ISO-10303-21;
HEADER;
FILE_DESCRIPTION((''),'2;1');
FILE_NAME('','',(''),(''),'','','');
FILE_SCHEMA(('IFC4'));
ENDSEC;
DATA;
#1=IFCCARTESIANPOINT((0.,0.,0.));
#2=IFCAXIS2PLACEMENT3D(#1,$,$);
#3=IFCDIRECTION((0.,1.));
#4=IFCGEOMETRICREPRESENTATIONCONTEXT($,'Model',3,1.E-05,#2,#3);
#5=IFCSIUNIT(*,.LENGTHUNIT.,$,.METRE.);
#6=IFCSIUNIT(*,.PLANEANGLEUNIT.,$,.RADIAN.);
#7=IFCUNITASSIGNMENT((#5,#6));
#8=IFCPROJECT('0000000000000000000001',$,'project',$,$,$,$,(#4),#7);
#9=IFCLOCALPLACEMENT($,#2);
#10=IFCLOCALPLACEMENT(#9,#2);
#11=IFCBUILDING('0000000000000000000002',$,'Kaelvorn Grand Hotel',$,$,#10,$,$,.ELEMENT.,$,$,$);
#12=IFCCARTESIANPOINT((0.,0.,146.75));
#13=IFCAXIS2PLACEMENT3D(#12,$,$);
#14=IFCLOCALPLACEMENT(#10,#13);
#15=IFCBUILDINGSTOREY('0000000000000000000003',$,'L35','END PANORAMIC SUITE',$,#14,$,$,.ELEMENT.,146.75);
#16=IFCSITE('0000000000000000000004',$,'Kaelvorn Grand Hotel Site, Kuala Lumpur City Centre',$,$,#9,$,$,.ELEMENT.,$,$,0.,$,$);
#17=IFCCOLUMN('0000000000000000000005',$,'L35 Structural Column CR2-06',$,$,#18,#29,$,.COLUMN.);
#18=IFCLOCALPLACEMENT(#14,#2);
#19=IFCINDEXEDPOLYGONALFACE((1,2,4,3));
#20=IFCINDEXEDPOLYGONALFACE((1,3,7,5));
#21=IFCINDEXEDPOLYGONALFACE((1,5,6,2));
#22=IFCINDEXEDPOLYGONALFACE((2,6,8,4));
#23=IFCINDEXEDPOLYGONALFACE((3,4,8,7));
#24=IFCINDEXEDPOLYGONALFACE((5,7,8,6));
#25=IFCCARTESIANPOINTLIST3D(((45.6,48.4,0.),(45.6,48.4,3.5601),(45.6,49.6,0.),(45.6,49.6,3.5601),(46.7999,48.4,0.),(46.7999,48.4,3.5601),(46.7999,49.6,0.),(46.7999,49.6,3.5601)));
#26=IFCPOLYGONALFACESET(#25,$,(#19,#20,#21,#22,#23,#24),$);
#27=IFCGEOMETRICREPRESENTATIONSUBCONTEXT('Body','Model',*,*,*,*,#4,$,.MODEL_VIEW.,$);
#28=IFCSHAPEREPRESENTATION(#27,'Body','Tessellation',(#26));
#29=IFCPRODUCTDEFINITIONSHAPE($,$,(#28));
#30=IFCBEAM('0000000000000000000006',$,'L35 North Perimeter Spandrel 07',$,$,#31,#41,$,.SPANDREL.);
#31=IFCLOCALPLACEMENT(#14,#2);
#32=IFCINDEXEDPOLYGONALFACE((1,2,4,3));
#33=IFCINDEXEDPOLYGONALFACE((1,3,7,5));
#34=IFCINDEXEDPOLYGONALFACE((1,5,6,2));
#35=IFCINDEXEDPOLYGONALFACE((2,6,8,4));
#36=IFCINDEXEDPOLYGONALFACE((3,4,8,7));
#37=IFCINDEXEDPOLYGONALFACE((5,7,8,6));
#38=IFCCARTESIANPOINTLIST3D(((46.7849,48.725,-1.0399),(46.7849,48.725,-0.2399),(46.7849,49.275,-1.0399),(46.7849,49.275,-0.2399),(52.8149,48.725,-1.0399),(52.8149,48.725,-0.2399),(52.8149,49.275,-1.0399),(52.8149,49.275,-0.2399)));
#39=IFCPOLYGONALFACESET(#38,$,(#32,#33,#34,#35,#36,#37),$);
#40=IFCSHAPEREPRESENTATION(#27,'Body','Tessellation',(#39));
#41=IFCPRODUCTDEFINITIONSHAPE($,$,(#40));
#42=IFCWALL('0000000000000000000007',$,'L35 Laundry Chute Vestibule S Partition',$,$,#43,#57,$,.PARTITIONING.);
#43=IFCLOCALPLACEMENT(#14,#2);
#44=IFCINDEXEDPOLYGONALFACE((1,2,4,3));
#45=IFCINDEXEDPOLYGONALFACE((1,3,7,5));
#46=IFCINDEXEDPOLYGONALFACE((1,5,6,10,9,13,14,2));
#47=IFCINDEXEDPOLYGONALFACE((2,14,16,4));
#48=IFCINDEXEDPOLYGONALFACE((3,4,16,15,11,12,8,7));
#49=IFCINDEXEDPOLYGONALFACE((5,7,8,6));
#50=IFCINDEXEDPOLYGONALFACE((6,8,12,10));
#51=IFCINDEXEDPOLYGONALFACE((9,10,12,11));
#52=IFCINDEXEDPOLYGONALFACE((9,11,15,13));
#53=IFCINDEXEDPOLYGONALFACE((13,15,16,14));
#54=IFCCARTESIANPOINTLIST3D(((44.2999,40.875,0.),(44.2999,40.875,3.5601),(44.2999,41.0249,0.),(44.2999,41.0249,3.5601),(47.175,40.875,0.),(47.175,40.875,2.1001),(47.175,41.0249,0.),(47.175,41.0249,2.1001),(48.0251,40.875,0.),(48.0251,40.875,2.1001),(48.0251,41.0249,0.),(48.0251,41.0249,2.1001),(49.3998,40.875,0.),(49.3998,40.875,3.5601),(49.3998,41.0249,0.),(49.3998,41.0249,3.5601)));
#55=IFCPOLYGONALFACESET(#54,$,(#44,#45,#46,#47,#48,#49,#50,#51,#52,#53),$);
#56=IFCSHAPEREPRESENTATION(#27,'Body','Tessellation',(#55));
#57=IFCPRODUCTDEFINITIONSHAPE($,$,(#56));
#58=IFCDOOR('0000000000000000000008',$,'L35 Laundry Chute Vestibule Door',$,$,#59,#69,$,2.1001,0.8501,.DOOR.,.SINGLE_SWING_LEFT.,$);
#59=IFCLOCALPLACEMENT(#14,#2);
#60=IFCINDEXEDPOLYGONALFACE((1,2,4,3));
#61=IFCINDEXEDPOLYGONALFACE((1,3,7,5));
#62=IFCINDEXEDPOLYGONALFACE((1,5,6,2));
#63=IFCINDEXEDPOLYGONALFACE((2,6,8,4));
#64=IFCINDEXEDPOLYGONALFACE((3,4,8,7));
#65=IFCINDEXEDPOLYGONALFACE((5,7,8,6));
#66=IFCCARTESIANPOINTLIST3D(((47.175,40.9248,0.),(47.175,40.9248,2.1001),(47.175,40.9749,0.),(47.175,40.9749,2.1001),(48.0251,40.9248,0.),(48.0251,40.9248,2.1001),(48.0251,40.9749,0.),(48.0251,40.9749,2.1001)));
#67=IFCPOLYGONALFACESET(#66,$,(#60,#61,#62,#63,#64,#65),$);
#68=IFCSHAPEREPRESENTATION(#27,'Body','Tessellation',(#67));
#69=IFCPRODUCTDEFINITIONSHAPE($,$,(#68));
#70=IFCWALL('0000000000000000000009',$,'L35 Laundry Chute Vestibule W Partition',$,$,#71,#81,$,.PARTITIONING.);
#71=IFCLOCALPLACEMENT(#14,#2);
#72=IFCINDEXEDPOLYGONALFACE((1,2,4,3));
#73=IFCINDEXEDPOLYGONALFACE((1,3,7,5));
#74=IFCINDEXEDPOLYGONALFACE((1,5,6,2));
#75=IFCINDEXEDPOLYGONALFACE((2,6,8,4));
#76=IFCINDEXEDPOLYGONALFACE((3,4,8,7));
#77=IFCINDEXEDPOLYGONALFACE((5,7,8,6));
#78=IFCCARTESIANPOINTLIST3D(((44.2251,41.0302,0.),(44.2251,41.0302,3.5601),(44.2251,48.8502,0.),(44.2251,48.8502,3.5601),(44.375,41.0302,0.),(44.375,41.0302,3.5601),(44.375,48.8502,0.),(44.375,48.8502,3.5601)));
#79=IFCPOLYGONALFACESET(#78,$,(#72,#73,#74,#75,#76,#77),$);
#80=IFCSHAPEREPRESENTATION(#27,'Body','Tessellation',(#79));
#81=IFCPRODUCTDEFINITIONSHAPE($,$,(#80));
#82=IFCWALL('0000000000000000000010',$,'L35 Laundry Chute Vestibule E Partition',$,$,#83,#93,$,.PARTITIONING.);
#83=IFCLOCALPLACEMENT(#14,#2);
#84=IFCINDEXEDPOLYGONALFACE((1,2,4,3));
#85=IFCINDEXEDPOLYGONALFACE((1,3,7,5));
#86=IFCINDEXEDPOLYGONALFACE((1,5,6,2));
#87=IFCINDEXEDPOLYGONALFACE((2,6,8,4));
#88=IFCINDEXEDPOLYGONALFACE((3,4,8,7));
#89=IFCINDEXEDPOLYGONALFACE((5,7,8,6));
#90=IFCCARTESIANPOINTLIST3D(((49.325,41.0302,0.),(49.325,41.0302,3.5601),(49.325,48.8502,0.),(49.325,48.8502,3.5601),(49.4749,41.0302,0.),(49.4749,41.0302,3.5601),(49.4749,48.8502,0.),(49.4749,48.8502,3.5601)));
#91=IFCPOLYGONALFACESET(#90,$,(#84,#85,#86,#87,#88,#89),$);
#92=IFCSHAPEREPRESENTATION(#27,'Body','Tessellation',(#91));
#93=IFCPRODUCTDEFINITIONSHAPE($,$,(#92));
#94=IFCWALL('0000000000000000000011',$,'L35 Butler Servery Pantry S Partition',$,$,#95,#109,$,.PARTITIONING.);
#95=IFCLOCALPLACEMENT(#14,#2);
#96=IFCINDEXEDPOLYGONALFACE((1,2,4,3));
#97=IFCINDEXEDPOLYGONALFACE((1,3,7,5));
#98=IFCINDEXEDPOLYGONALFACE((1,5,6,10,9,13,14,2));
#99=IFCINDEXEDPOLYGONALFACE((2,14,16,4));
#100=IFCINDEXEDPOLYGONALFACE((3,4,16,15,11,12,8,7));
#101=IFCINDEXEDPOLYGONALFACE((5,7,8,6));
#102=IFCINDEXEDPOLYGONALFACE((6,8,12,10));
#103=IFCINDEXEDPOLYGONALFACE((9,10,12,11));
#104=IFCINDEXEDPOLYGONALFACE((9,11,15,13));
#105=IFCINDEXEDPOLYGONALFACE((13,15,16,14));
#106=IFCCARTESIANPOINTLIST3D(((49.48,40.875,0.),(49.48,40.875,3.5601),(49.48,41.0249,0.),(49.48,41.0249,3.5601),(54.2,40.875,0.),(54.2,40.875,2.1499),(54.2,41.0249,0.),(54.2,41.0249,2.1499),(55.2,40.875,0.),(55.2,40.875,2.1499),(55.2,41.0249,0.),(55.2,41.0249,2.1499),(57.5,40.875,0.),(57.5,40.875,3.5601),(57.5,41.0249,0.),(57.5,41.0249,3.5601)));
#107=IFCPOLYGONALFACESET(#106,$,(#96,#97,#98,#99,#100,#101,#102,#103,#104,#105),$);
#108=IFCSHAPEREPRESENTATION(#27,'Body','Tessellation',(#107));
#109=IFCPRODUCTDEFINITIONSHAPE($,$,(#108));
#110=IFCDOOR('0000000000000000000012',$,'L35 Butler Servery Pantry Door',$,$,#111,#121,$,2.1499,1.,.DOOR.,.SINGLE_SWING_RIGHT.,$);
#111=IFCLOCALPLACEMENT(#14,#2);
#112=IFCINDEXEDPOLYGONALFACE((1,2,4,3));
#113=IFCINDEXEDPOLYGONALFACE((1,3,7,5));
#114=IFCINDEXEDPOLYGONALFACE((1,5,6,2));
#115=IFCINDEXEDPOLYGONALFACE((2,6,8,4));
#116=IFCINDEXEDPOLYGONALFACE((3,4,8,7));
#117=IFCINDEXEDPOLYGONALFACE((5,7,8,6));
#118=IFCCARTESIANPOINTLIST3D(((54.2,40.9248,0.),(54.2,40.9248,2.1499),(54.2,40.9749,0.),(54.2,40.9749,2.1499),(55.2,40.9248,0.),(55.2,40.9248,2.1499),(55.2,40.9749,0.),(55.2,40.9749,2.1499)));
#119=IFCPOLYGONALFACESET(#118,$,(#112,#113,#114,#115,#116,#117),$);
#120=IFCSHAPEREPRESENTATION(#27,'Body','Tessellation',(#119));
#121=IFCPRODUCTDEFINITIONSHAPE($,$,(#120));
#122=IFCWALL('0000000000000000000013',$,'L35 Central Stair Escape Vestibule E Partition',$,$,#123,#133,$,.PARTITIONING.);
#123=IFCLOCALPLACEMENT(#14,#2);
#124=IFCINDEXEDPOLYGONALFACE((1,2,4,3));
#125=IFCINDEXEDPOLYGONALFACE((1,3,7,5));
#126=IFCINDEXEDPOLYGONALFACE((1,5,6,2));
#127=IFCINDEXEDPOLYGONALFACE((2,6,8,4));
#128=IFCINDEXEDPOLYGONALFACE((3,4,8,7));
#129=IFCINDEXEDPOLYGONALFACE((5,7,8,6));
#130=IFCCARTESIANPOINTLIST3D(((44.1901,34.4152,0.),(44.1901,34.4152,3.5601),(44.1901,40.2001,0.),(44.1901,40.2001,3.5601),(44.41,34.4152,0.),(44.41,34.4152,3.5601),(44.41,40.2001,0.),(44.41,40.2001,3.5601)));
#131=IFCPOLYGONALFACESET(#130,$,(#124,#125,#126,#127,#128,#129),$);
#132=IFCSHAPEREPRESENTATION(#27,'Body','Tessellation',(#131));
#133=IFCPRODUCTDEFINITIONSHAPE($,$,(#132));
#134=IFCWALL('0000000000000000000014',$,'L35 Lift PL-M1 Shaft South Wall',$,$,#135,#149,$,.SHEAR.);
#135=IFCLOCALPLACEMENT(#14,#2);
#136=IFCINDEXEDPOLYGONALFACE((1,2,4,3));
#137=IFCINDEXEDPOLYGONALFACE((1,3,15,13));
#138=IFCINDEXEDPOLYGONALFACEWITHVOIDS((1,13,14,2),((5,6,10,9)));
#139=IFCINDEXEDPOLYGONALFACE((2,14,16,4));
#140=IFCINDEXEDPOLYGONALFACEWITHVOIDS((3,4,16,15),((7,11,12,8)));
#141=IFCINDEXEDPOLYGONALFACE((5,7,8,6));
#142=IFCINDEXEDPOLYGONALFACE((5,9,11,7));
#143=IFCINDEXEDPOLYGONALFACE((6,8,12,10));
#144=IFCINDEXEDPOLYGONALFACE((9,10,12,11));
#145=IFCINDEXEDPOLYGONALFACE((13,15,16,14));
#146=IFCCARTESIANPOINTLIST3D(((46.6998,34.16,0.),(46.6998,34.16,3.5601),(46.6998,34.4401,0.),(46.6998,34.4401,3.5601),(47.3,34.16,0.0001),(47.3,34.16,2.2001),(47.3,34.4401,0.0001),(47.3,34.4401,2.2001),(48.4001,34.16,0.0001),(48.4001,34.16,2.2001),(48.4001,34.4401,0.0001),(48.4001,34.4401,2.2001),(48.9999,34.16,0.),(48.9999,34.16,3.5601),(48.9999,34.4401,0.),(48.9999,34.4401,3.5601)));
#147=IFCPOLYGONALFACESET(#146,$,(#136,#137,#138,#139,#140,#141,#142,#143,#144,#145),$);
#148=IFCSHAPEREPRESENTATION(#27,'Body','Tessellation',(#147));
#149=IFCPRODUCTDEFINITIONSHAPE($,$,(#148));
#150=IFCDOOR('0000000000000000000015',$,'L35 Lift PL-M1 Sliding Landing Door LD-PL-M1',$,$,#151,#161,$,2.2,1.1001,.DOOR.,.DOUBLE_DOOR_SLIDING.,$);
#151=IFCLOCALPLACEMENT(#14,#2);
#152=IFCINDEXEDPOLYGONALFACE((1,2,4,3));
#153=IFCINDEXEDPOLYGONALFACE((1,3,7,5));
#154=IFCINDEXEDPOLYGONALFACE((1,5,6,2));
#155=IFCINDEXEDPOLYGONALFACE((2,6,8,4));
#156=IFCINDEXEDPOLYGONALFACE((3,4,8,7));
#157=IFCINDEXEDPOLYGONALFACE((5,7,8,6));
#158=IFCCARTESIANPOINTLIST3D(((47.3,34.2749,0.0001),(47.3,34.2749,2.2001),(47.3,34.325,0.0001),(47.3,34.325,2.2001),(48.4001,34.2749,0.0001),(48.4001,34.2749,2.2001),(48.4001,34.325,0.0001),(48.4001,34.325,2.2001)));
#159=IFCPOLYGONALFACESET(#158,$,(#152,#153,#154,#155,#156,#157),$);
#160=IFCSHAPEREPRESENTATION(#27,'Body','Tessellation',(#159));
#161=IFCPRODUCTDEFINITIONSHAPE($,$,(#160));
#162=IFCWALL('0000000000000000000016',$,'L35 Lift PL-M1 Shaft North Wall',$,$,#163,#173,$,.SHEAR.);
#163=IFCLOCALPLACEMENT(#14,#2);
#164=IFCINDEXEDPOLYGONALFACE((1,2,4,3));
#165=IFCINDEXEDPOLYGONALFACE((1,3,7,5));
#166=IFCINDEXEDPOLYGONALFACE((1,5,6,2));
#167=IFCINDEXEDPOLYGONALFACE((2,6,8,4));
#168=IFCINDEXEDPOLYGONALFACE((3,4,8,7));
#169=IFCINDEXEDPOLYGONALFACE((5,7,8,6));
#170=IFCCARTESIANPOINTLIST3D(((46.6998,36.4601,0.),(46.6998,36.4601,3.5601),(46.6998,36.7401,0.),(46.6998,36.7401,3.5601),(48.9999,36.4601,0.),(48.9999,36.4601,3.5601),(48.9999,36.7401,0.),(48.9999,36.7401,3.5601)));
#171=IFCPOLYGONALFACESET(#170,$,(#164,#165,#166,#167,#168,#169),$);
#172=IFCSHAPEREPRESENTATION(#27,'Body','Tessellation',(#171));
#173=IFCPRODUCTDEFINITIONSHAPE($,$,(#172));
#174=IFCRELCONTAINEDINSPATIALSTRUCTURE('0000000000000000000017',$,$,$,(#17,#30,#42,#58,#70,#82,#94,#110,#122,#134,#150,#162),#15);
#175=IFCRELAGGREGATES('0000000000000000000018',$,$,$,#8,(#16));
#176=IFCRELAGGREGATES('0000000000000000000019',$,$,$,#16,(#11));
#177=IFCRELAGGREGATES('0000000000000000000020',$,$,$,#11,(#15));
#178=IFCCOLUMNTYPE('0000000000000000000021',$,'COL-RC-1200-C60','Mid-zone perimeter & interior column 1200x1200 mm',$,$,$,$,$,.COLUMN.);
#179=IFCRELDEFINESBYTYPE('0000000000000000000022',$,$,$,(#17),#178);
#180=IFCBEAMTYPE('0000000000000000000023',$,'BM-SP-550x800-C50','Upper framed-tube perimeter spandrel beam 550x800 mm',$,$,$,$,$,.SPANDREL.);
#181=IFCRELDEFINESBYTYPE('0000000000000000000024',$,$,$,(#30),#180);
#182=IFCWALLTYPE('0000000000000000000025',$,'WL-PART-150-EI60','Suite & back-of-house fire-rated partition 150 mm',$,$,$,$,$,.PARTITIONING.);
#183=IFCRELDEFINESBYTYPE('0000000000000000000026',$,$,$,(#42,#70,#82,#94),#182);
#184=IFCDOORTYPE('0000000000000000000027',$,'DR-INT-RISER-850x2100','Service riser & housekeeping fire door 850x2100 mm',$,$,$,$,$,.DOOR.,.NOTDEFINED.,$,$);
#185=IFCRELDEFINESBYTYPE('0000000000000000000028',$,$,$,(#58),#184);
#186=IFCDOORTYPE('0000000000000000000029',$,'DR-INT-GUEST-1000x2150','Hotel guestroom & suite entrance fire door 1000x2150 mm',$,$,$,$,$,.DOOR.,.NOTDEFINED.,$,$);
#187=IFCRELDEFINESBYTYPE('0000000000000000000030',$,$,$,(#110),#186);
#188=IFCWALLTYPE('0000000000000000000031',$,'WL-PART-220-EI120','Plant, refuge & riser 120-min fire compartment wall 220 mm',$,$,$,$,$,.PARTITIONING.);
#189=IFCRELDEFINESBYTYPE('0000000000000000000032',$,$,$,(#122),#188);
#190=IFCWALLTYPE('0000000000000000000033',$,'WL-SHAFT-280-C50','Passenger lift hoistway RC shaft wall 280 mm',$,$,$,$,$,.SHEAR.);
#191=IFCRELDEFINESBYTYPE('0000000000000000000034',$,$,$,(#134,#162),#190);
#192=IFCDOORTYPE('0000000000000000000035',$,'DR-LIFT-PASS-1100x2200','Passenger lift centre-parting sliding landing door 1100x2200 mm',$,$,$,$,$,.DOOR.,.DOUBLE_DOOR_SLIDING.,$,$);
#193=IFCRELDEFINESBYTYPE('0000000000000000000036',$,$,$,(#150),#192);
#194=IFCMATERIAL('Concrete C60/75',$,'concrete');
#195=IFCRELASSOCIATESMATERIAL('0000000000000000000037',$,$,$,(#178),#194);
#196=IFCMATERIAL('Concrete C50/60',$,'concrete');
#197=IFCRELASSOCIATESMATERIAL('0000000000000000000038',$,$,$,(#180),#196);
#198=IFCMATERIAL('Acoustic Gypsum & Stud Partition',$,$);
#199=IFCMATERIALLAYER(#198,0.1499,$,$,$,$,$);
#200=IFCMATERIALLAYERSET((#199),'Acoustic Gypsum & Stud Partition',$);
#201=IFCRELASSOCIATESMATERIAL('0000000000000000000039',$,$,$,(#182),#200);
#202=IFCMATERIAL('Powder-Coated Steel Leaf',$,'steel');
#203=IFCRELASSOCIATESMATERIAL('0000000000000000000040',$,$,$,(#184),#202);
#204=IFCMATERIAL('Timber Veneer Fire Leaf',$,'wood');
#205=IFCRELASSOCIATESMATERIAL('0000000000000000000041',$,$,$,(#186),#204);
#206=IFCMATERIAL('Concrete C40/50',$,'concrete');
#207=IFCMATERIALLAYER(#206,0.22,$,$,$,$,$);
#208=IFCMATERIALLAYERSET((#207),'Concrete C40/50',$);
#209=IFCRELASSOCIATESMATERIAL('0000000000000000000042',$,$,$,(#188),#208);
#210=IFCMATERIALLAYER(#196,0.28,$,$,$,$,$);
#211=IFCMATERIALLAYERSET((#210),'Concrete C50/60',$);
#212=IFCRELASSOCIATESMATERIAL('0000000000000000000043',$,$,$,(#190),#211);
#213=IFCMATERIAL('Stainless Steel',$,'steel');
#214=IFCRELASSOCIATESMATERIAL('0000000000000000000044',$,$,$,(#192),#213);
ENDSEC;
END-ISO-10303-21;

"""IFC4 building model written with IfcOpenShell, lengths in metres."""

from ifc_helpers import new_model, si_unit, direction, frame, frame_2d, origin, origin_2d, place, context, subcontext, project, spatial, rectangle, extrude, material, layer, layer_set, material_profile, profile_set, type_object, element, fill, save


model = new_model("IFC4")

# Units and contexts
model_context = context("Model", 3, precision=1e-05, world=origin(), true_north=direction((0.0, 1.0)))
body_context = subcontext(model_context, "Body", "Model", "MODEL_VIEW")
ifc_project = project(units=[si_unit("LENGTHUNIT", "METRE"), si_unit("PLANEANGLEUNIT", "RADIAN")], contexts=[model_context])

# Site, building, storey
site_placement = place(None, origin())
site = spatial("IfcSite", under=ifc_project, at=site_placement, Name="Kaelvorn Grand Hotel Site, Kuala Lumpur City Centre", CompositionType="ELEMENT", RefElevation=0.0)
building_placement = place(site_placement, origin())
building = spatial("IfcBuilding", under=site, at=building_placement, Name="Kaelvorn Grand Hotel", CompositionType="ELEMENT")
storey_placement = place(building_placement, frame((0.0, 0.0, 146.75)))
storey = spatial("IfcBuildingStorey", under=building, at=storey_placement, Name="L35", Description="END PANORAMIC SUITE", CompositionType="ELEMENT", Elevation=146.75)

# Column
ifc_material_1 = material(Name="Concrete C60/75", Category="concrete")
ifc_material_profile_1 = material_profile(ifc_material_1, rectangle(XDim=1.2, YDim=1.2, at=origin_2d()), Name="RC COL 1200x1200")
ifc_profile_set_1 = profile_set([ifc_material_profile_1], Name="Concrete C60/75")
column_type = type_object("IfcColumnType", Name="COL-RC-1200-C60", Description="Mid-zone perimeter & interior column 1200x1200 mm", PredefinedType="COLUMN", material=ifc_profile_set_1)
column_placement = place(storey_placement, frame((46.2, 49.0, 0.0), z_axis=(0.0, 0.0, 1.0), x_axis=(1.0, 0.0, 0.0)))
element("IfcColumn", 1, at=column_placement, inside=storey, type_object=column_type, Name="L35 Structural Column CR2-06", PredefinedType="COLUMN", context=body_context, shape_type="SweptSolid", body=[
    extrude(rectangle(XDim=1.2, YDim=1.2, at=origin_2d()), origin(), (0.0, 0.0, 1.0), 3.5601),
])

# Beam
ifc_material_2 = material(Name="Concrete C50/60", Category="concrete")
ifc_material_profile_2 = material_profile(ifc_material_2, rectangle(XDim=0.55, YDim=0.8, at=origin_2d()), Name="RC SPANDREL 550x800")
ifc_profile_set_2 = profile_set([ifc_material_profile_2], Name="Concrete C50/60")
beam_type = type_object("IfcBeamType", Name="BM-SP-550x800-C50", Description="Upper framed-tube perimeter spandrel beam 550x800 mm", PredefinedType="SPANDREL", material=ifc_profile_set_2)
beam_placement = place(storey_placement, frame((46.7849, 49.0, -0.6399), z_axis=(1.0, 0.0, 0.0), x_axis=(0.0, 1.0, 0.0)))
element("IfcBeam", 2, at=beam_placement, inside=storey, type_object=beam_type, Name="L35 North Perimeter Spandrel 07", PredefinedType="SPANDREL", context=body_context, shape_type="SweptSolid", body=[
    extrude(rectangle(XDim=0.55, YDim=0.8, at=origin_2d()), origin(), (0.0, 0.0, 1.0), 6.03),
])

# Wall, opening, door
ifc_material_3 = material(Name="Acoustic Gypsum & Stud Partition")
ifc_layer_1 = layer(ifc_material_3, 0.1499)
ifc_layer_set_1 = layer_set([ifc_layer_1], Name="Acoustic Gypsum & Stud Partition")
wall_type_1 = type_object("IfcWallType", Name="WL-PART-150-EI60", Description="Suite & back-of-house fire-rated partition 150 mm", PredefinedType="PARTITIONING", material=ifc_layer_set_1)
wall_1_placement = place(storey_placement, frame((44.3, 40.95, 0.0), z_axis=(0.0, 0.0, 1.0), x_axis=(1.0, 0.0, 0.0)))
wall_1 = element("IfcWall", 3, at=wall_1_placement, inside=storey, type_object=wall_type_1, Name="L35 Laundry Chute Vestibule S Partition", PredefinedType="PARTITIONING", context=body_context, shape_type="SweptSolid", body=[
    extrude(rectangle(XDim=5.0999, YDim=0.1499, at=frame_2d((2.5498, 0.0))), origin(), (0.0, 0.0, 1.0), 3.5601),
])
opening_1_placement = place(wall_1_placement, frame((2.875, 0.0, 0.0)))
opening_1 = element("IfcOpeningElement", 4, at=opening_1_placement, cuts=wall_1, PredefinedType="OPENING", context=body_context, shape_type="SweptSolid", body=[
    extrude(rectangle(XDim=0.8501, YDim=2.1001, at=frame_2d((0.425, 1.05))), frame((0.0, 0.085, 0.0), z_axis=(0.0, -1.0, 0.0), x_axis=(1.0, 0.0, 0.0)), (0.0, 0.0, 1.0), 0.1699),
])
ifc_material_4 = material(Name="Powder-Coated Steel Leaf", Category="steel")
door_type_1 = type_object("IfcDoorType", Name="DR-INT-RISER-850x2100", Description="Service riser & housekeeping fire door 850x2100 mm", OperationType="NOTDEFINED", PredefinedType="DOOR", material=ifc_material_4)
door_1_placement = place(opening_1_placement, origin())
door_1 = element("IfcDoor", 5, at=door_1_placement, inside=storey, type_object=door_type_1, Name="L35 Laundry Chute Vestibule Door", OperationType="SINGLE_SWING_LEFT", OverallHeight=2.1001, OverallWidth=0.8501, PredefinedType="DOOR", context=body_context, shape_type="SweptSolid", body=[
    extrude(rectangle(XDim=0.8501, YDim=2.1001, at=frame_2d((0.425, 1.05))), frame((0.0, 0.0249, 0.0), z_axis=(0.0, -1.0, 0.0), x_axis=(1.0, 0.0, 0.0)), (0.0, 0.0, 1.0), 0.05),
])
fill(opening_1, door_1)

# Walls
for number, where, z_axis, x_axis, name in (
    (6, (44.3, 41.03, 0.0), (0.0, 0.0, 1.0), (0.0, 1.0, 0.0), "L35 Laundry Chute Vestibule W Partition"),
    (7, (49.3999, 41.03, 0.0), (0.0, 0.0, 1.0), (0.0, 1.0, 0.0), "L35 Laundry Chute Vestibule E Partition"),
):
    element("IfcWall", number, at=place(storey_placement, frame(where, z_axis=z_axis, x_axis=x_axis)), inside=storey, type_object=wall_type_1, Name=name, PredefinedType="PARTITIONING", context=body_context, shape_type="SweptSolid", body=[
        extrude(rectangle(XDim=7.8201, YDim=0.1499, at=frame_2d((3.9102, 0.0))), origin(), (0.0, 0.0, 1.0), 3.5601),
    ])

# Wall, opening, door
wall_2_placement = place(storey_placement, frame((49.48, 40.95, 0.0), z_axis=(0.0, 0.0, 1.0), x_axis=(1.0, 0.0, 0.0)))
wall_2 = element("IfcWall", 8, at=wall_2_placement, inside=storey, type_object=wall_type_1, Name="L35 Butler Servery Pantry S Partition", PredefinedType="PARTITIONING", context=body_context, shape_type="SweptSolid", body=[
    extrude(rectangle(XDim=8.02, YDim=0.1499, at=frame_2d((4.01, 0.0))), origin(), (0.0, 0.0, 1.0), 3.5601),
])
opening_2_placement = place(wall_2_placement, frame((4.72, 0.0, 0.0)))
opening_2 = element("IfcOpeningElement", 9, at=opening_2_placement, cuts=wall_2, PredefinedType="OPENING", context=body_context, shape_type="SweptSolid", body=[
    extrude(rectangle(XDim=1.0, YDim=2.1499, at=frame_2d((0.5, 1.075))), frame((0.0, 0.085, 0.0), z_axis=(0.0, -1.0, 0.0), x_axis=(1.0, 0.0, 0.0)), (0.0, 0.0, 1.0), 0.1699),
])
ifc_material_5 = material(Name="Timber Veneer Fire Leaf", Category="wood")
door_type_2 = type_object("IfcDoorType", Name="DR-INT-GUEST-1000x2150", Description="Hotel guestroom & suite entrance fire door 1000x2150 mm", OperationType="NOTDEFINED", PredefinedType="DOOR", material=ifc_material_5)
door_2_placement = place(opening_2_placement, origin())
door_2 = element("IfcDoor", 10, at=door_2_placement, inside=storey, type_object=door_type_2, Name="L35 Butler Servery Pantry Door", OperationType="SINGLE_SWING_RIGHT", OverallHeight=2.1499, OverallWidth=1.0, PredefinedType="DOOR", context=body_context, shape_type="SweptSolid", body=[
    extrude(rectangle(XDim=1.0, YDim=2.1499, at=frame_2d((0.5, 1.075))), frame((0.0, 0.0249, 0.0), z_axis=(0.0, -1.0, 0.0), x_axis=(1.0, 0.0, 0.0)), (0.0, 0.0, 1.0), 0.05),
])
fill(opening_2, door_2)

# Wall
ifc_material_6 = material(Name="Concrete C40/50", Category="concrete")
ifc_layer_2 = layer(ifc_material_6, 0.22)
ifc_layer_set_2 = layer_set([ifc_layer_2], Name="Concrete C40/50")
wall_type_2 = type_object("IfcWallType", Name="WL-PART-220-EI120", Description="Plant, refuge & riser 120-min fire compartment wall 220 mm", PredefinedType="PARTITIONING", material=ifc_layer_set_2)
wall_3_placement = place(storey_placement, frame((44.3, 34.415, 0.0), z_axis=(0.0, 0.0, 1.0), x_axis=(0.0, 1.0, 0.0)))
element("IfcWall", 11, at=wall_3_placement, inside=storey, type_object=wall_type_2, Name="L35 Central Stair Escape Vestibule E Partition", PredefinedType="PARTITIONING", context=body_context, shape_type="SweptSolid", body=[
    extrude(rectangle(XDim=5.7849, YDim=0.22, at=frame_2d((2.8926, 0.0))), origin(), (0.0, 0.0, 1.0), 3.5601),
])

# Wall, opening, door
ifc_layer_3 = layer(ifc_material_2, 0.28)
ifc_layer_set_3 = layer_set([ifc_layer_3], Name="Concrete C50/60")
wall_type_3 = type_object("IfcWallType", Name="WL-SHAFT-280-C50", Description="Passenger lift hoistway RC shaft wall 280 mm", PredefinedType="SHEAR", material=ifc_layer_set_3)
wall_4_placement = place(storey_placement, frame((46.7, 34.3, 0.0), z_axis=(0.0, 0.0, 1.0), x_axis=(1.0, 0.0, 0.0)))
wall_4 = element("IfcWall", 12, at=wall_4_placement, inside=storey, type_object=wall_type_3, Name="L35 Lift PL-M1 Shaft South Wall", PredefinedType="SHEAR", context=body_context, shape_type="SweptSolid", body=[
    extrude(rectangle(XDim=2.3, YDim=0.28, at=frame_2d((1.1499, 0.0))), origin(), (0.0, 0.0, 1.0), 3.5601),
])
opening_3_placement = place(wall_4_placement, frame((0.6001, 0.0, 0.0)))
opening_3 = element("IfcOpeningElement", 13, at=opening_3_placement, cuts=wall_4, PredefinedType="OPENING", context=body_context, shape_type="SweptSolid", body=[
    extrude(rectangle(XDim=1.1001, YDim=2.2, at=frame_2d((0.55, 1.1001))), frame((0.0, 0.1499, 0.0), z_axis=(0.0, -1.0, 0.0), x_axis=(1.0, 0.0, 0.0)), (0.0, 0.0, 1.0), 0.3),
])
ifc_material_7 = material(Name="Stainless Steel", Category="steel")
door_type_3 = type_object("IfcDoorType", Name="DR-LIFT-PASS-1100x2200", Description="Passenger lift centre-parting sliding landing door 1100x2200 mm", OperationType="DOUBLE_DOOR_SLIDING", PredefinedType="DOOR", material=ifc_material_7)
door_3_placement = place(opening_3_placement, origin())
door_3 = element("IfcDoor", 14, at=door_3_placement, inside=storey, type_object=door_type_3, Name="L35 Lift PL-M1 Sliding Landing Door LD-PL-M1", OperationType="DOUBLE_DOOR_SLIDING", OverallHeight=2.2, OverallWidth=1.1001, PredefinedType="DOOR", context=body_context, shape_type="SweptSolid", body=[
    extrude(rectangle(XDim=1.1001, YDim=2.2, at=frame_2d((0.55, 1.1001))), frame((0.0, 0.0249, 0.0), z_axis=(0.0, -1.0, 0.0), x_axis=(1.0, 0.0, 0.0)), (0.0, 0.0, 1.0), 0.05),
])
fill(opening_3, door_3)

# Wall
wall_5_placement = place(storey_placement, frame((46.7, 36.6001, 0.0), z_axis=(0.0, 0.0, 1.0), x_axis=(1.0, 0.0, 0.0)))
element("IfcWall", 15, at=wall_5_placement, inside=storey, type_object=wall_type_3, Name="L35 Lift PL-M1 Shaft North Wall", PredefinedType="SHEAR", context=body_context, shape_type="SweptSolid", body=[
    extrude(rectangle(XDim=2.3, YDim=0.28, at=frame_2d((1.1499, 0.0))), origin(), (0.0, 0.0, 1.0), 3.5601),
])

save(model, "model.ifc")
